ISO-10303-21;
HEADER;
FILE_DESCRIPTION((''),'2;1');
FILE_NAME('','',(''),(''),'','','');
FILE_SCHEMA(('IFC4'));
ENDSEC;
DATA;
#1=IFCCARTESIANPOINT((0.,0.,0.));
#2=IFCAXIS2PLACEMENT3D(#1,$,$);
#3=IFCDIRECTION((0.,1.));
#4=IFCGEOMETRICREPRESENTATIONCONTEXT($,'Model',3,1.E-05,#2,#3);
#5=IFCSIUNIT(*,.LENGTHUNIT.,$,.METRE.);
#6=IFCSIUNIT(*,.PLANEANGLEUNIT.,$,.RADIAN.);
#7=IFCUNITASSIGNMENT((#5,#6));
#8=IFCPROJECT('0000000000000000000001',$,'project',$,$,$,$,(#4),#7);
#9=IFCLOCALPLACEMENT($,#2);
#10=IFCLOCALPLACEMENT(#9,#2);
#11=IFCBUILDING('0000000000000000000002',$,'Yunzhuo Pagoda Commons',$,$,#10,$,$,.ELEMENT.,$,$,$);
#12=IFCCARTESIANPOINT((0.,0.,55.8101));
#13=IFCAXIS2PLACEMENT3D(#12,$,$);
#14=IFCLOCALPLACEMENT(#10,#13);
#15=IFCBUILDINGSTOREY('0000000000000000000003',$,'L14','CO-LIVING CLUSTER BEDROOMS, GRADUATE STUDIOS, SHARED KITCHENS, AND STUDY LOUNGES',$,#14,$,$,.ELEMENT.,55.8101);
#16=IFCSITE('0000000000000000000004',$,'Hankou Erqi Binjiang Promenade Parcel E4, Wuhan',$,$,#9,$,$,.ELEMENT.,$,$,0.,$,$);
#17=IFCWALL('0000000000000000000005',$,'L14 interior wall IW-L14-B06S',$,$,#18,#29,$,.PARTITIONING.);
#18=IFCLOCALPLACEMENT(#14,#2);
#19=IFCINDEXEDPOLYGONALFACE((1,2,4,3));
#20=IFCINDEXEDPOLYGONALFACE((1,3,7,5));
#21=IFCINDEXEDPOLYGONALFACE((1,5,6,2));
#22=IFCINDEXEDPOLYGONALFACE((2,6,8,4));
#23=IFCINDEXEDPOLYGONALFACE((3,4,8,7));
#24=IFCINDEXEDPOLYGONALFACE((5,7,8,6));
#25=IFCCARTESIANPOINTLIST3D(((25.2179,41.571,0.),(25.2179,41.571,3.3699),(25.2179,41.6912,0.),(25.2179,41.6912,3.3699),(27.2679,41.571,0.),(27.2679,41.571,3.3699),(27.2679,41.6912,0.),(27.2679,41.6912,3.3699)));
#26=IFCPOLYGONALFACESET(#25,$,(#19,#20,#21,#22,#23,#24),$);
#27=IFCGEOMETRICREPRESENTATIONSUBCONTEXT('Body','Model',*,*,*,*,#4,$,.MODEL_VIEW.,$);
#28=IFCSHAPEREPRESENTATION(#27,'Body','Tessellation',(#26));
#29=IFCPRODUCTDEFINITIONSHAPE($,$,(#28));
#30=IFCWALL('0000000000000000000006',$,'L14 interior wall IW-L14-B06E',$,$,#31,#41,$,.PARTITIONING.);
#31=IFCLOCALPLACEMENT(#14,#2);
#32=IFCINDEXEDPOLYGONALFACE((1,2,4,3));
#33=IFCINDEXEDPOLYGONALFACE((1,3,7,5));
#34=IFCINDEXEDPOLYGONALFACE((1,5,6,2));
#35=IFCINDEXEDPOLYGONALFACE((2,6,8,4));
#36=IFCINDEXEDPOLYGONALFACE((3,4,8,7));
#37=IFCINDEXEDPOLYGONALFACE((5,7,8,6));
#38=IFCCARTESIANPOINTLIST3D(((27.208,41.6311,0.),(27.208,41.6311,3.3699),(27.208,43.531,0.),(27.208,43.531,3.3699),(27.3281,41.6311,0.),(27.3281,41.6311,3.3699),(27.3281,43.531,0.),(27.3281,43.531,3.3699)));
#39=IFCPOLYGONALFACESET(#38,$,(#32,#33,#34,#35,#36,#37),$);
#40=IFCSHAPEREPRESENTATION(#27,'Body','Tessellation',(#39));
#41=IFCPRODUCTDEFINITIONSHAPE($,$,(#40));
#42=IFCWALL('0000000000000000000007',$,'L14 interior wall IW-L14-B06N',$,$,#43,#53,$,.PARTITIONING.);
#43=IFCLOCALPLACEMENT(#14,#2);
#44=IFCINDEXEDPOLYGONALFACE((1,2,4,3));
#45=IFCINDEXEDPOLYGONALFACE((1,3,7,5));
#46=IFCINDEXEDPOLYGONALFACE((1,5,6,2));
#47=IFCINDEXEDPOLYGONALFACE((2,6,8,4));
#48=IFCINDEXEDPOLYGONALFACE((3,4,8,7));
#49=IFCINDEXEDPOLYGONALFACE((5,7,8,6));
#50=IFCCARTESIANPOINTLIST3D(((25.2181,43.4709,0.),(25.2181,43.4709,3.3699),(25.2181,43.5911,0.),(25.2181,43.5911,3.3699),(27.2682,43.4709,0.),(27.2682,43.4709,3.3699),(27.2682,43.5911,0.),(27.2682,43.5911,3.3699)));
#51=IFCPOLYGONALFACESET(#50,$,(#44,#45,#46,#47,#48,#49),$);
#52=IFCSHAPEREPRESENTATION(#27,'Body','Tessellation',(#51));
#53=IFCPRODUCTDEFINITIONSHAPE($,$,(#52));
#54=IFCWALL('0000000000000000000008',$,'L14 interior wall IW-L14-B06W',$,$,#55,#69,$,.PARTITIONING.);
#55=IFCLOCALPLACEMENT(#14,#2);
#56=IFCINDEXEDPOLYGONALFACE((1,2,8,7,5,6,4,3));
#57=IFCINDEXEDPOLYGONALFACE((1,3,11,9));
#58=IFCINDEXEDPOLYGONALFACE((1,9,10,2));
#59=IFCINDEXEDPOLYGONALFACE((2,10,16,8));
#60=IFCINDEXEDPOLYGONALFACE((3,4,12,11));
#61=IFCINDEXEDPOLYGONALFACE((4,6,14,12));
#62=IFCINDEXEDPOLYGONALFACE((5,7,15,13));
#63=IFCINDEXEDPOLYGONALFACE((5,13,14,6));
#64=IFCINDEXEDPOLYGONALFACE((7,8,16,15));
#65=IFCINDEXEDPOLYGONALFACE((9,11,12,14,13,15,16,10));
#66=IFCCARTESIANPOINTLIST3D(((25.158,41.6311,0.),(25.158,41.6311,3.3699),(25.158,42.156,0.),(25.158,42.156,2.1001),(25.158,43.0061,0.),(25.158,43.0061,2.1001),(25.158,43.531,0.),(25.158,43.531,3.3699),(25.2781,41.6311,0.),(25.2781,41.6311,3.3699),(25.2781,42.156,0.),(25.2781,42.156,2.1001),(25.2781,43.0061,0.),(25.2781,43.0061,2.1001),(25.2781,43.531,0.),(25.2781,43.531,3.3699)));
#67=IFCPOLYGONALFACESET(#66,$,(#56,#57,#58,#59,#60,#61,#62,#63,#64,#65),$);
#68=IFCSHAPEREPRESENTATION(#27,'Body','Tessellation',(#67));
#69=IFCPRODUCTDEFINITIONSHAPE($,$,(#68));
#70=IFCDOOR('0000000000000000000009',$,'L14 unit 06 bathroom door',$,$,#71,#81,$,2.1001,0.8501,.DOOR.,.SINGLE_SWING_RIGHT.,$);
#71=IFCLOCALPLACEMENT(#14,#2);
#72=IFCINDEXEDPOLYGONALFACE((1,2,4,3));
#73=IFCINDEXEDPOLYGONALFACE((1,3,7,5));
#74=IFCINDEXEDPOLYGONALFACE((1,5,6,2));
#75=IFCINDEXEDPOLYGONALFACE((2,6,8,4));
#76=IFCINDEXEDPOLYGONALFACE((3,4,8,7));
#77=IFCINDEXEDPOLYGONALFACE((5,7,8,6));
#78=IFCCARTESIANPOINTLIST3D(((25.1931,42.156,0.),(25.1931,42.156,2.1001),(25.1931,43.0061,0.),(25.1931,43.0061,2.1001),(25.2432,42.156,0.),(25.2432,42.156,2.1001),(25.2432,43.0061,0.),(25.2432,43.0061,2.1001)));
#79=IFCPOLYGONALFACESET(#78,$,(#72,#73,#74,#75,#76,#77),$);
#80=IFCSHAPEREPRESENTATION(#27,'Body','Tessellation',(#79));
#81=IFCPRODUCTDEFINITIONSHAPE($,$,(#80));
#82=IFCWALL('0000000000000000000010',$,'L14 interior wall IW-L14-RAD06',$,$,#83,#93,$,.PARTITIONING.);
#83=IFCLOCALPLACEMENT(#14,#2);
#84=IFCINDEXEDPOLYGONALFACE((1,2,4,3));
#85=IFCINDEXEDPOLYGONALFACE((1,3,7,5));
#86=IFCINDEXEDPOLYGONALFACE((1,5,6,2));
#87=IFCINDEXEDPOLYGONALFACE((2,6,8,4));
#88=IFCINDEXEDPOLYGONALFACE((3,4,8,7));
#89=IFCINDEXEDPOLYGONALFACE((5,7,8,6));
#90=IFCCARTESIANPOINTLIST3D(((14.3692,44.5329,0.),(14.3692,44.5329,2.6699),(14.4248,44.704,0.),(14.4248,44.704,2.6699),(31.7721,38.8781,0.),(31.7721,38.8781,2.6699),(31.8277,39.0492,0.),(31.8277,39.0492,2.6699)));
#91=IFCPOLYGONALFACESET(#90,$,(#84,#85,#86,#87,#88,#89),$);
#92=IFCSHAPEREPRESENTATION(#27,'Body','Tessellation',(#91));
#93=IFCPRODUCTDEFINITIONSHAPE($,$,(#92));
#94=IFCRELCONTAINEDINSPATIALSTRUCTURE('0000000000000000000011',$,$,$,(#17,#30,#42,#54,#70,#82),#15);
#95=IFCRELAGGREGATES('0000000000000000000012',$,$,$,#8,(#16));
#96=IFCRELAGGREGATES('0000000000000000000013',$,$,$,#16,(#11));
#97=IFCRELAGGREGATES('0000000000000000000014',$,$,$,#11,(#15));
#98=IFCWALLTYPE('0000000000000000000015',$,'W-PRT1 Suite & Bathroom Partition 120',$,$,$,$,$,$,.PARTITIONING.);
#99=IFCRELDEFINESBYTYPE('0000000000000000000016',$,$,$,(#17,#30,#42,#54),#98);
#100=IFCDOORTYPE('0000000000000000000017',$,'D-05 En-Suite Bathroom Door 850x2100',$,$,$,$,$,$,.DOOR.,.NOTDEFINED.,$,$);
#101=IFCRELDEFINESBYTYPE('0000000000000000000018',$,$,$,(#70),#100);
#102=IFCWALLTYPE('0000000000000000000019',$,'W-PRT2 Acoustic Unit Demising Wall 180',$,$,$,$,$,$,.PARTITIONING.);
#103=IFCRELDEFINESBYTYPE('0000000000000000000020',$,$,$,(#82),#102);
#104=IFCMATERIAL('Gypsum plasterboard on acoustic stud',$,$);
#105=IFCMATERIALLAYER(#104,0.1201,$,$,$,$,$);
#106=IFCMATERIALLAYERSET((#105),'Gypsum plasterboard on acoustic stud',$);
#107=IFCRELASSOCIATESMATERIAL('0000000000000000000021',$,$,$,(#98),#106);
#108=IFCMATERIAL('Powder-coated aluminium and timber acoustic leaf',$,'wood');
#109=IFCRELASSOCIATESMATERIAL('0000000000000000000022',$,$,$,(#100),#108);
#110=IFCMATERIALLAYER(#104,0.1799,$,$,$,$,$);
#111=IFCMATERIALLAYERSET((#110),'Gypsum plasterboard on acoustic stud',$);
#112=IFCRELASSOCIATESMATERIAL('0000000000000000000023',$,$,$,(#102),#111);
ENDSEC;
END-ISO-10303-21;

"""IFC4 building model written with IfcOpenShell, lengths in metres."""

from ifc_helpers import new_model, si_unit, direction, frame, frame_2d, origin, place, context, subcontext, project, spatial, rectangle, extrude, source, transform, mapped, material, layer, layer_set, type_object, element, fill, save


model = new_model("IFC4")

# Units and contexts
model_context = context("Model", 3, precision=1e-05, world=origin(), true_north=direction((0.0, 1.0)))
body_context = subcontext(model_context, "Body", "Model", "MODEL_VIEW")
ifc_project = project(units=[si_unit("LENGTHUNIT", "METRE"), si_unit("PLANEANGLEUNIT", "RADIAN")], contexts=[model_context])

# Site, building, storey
site_placement = place(None, origin())
site = spatial("IfcSite", under=ifc_project, at=site_placement, Name="Hankou Erqi Binjiang Promenade Parcel E4, Wuhan", CompositionType="ELEMENT", RefElevation=0.0)
building_placement = place(site_placement, origin())
building = spatial("IfcBuilding", under=site, at=building_placement, Name="Yunzhuo Pagoda Commons", CompositionType="ELEMENT")
storey_placement = place(building_placement, frame((0.0, 0.0, 55.8101)))
storey = spatial("IfcBuildingStorey", under=building, at=storey_placement, Name="L14", Description="CO-LIVING CLUSTER BEDROOMS, GRADUATE STUDIOS, SHARED KITCHENS, AND STUDY LOUNGES", CompositionType="ELEMENT", Elevation=55.8101)

# Shared definitions
ifc_material_1 = material(Name="Gypsum plasterboard on acoustic stud")

# Walls
ifc_layer_1 = layer(ifc_material_1, 0.1201)
ifc_layer_set_1 = layer_set([ifc_layer_1], Name="Gypsum plasterboard on acoustic stud")
wall_type_1 = type_object("IfcWallType", Name="W-PRT1 Suite & Bathroom Partition 120", PredefinedType="PARTITIONING", material=ifc_layer_set_1)
wall_1_placement = place(storey_placement, frame((25.218, 41.6311, 0.0), z_axis=(0.0, 0.0, 1.0), x_axis=(1.0, 0.0, 0.0)))
element("IfcWall", 1, at=wall_1_placement, inside=storey, type_object=wall_type_1, Name="L14 interior wall IW-L14-B06S", PredefinedType="PARTITIONING", context=body_context, shape_type="SweptSolid", body=[
    extrude(rectangle(XDim=2.05, YDim=0.1201, at=frame_2d((1.0249, 0.0))), origin(), (0.0, 0.0, 1.0), 3.3699),
])
wall_2_placement = place(storey_placement, frame((27.2681, 41.6311, 0.0), z_axis=(0.0, 0.0, 1.0), x_axis=(0.0, 1.0, 0.0)))
element("IfcWall", 2, at=wall_2_placement, inside=storey, type_object=wall_type_1, Name="L14 interior wall IW-L14-B06E", PredefinedType="PARTITIONING", context=body_context, shape_type="SweptSolid", body=[
    extrude(rectangle(XDim=1.8999, YDim=0.1201, at=frame_2d((0.95, 0.0))), origin(), (0.0, 0.0, 1.0), 3.3699),
])
wall_3_placement = place(storey_placement, frame((27.2681, 43.531, 0.0), z_axis=(0.0, 0.0, 1.0), x_axis=(-1.0, 0.0, 0.0)))
element("IfcWall", 3, at=wall_3_placement, inside=storey, type_object=wall_type_1, Name="L14 interior wall IW-L14-B06N", PredefinedType="PARTITIONING", context=body_context, shape_type="SweptSolid", body=[
    extrude(rectangle(XDim=2.05, YDim=0.1201, at=frame_2d((1.0249, 0.0))), origin(), (0.0, 0.0, 1.0), 3.3699),
])

# Wall, opening, door
wall_4_placement = place(storey_placement, frame((25.218, 43.531, 0.0), z_axis=(0.0, 0.0, 1.0), x_axis=(0.0, -1.0, 0.0)))
wall_4 = element("IfcWall", 4, at=wall_4_placement, inside=storey, type_object=wall_type_1, Name="L14 interior wall IW-L14-B06W", PredefinedType="PARTITIONING", context=body_context, shape_type="SweptSolid", body=[
    extrude(rectangle(XDim=1.8999, YDim=0.1201, at=frame_2d((0.95, 0.0))), origin(), (0.0, 0.0, 1.0), 3.3699),
])
opening_1_placement = place(wall_4_placement, frame((0.5249, 0.0, 0.0)))
opening_1 = element("IfcOpeningElement", 5, at=opening_1_placement, cuts=wall_4, PredefinedType="OPENING", context=body_context, shape_type="SweptSolid", body=[
    extrude(rectangle(XDim=0.8501, YDim=2.1001, at=frame_2d((0.425, 1.05))), frame((0.0, 0.0701, 0.0), z_axis=(0.0, -1.0, 0.0), x_axis=(1.0, 0.0, 0.0)), (0.0, 0.0, 1.0), 0.1401),
])
ifc_material_2 = material(Name="Powder-coated aluminium and timber acoustic leaf", Category="wood")
door_type_1 = type_object("IfcDoorType", Name="D-05 En-Suite Bathroom Door 850x2100", OperationType="NOTDEFINED", PredefinedType="DOOR", material=ifc_material_2)
shared_shape_1 = source(origin(), body_context, "Body", "SweptSolid", [
    extrude(rectangle(XDim=0.8501, YDim=2.1001, at=frame_2d((0.425, 1.05))), frame((0.0, 0.0249, 0.0), z_axis=(0.0, -1.0, 0.0), x_axis=(1.0, 0.0, 0.0)), (0.0, 0.0, 1.0), 0.05),
])
door_1_placement = place(opening_1_placement, frame((0.8501, 0.0, 0.0), z_axis=(0.0, 0.0, 1.0), x_axis=(-1.0, 0.0, 0.0)))
door_1 = element("IfcDoor", 6, at=door_1_placement, inside=storey, type_object=door_type_1, Name="L14 unit 06 bathroom door", OperationType="SINGLE_SWING_RIGHT", OverallHeight=2.1001, OverallWidth=0.8501, PredefinedType="DOOR", context=body_context, shape_type="MappedRepresentation", body=[
    mapped(shared_shape_1, transform((0.0, 0.0, 0.0), scale=1.0)),
])
fill(opening_1, door_1)

# Wall
ifc_layer_2 = layer(ifc_material_1, 0.1799)
ifc_layer_set_2 = layer_set([ifc_layer_2], Name="Gypsum plasterboard on acoustic stud")
wall_type_2 = type_object("IfcWallType", Name="W-PRT2 Acoustic Unit Demising Wall 180", PredefinedType="PARTITIONING", material=ifc_layer_set_2)
wall_5_placement = place(storey_placement, frame((31.8, 38.9636, 0.0), z_axis=(0.0, 0.0, 1.0), x_axis=(-0.951052, 0.30903, 0.0)))
element("IfcWall", 7, at=wall_5_placement, inside=storey, type_object=wall_type_2, Name="L14 interior wall IW-L14-RAD06", PredefinedType="PARTITIONING", context=body_context, shape_type="SweptSolid", body=[
    extrude(rectangle(XDim=18.2986, YDim=0.1799, at=frame_2d((9.1494, 0.0))), origin(), (0.0, 0.0, 1.0), 2.6699),
])

save(model, "model.ifc")
